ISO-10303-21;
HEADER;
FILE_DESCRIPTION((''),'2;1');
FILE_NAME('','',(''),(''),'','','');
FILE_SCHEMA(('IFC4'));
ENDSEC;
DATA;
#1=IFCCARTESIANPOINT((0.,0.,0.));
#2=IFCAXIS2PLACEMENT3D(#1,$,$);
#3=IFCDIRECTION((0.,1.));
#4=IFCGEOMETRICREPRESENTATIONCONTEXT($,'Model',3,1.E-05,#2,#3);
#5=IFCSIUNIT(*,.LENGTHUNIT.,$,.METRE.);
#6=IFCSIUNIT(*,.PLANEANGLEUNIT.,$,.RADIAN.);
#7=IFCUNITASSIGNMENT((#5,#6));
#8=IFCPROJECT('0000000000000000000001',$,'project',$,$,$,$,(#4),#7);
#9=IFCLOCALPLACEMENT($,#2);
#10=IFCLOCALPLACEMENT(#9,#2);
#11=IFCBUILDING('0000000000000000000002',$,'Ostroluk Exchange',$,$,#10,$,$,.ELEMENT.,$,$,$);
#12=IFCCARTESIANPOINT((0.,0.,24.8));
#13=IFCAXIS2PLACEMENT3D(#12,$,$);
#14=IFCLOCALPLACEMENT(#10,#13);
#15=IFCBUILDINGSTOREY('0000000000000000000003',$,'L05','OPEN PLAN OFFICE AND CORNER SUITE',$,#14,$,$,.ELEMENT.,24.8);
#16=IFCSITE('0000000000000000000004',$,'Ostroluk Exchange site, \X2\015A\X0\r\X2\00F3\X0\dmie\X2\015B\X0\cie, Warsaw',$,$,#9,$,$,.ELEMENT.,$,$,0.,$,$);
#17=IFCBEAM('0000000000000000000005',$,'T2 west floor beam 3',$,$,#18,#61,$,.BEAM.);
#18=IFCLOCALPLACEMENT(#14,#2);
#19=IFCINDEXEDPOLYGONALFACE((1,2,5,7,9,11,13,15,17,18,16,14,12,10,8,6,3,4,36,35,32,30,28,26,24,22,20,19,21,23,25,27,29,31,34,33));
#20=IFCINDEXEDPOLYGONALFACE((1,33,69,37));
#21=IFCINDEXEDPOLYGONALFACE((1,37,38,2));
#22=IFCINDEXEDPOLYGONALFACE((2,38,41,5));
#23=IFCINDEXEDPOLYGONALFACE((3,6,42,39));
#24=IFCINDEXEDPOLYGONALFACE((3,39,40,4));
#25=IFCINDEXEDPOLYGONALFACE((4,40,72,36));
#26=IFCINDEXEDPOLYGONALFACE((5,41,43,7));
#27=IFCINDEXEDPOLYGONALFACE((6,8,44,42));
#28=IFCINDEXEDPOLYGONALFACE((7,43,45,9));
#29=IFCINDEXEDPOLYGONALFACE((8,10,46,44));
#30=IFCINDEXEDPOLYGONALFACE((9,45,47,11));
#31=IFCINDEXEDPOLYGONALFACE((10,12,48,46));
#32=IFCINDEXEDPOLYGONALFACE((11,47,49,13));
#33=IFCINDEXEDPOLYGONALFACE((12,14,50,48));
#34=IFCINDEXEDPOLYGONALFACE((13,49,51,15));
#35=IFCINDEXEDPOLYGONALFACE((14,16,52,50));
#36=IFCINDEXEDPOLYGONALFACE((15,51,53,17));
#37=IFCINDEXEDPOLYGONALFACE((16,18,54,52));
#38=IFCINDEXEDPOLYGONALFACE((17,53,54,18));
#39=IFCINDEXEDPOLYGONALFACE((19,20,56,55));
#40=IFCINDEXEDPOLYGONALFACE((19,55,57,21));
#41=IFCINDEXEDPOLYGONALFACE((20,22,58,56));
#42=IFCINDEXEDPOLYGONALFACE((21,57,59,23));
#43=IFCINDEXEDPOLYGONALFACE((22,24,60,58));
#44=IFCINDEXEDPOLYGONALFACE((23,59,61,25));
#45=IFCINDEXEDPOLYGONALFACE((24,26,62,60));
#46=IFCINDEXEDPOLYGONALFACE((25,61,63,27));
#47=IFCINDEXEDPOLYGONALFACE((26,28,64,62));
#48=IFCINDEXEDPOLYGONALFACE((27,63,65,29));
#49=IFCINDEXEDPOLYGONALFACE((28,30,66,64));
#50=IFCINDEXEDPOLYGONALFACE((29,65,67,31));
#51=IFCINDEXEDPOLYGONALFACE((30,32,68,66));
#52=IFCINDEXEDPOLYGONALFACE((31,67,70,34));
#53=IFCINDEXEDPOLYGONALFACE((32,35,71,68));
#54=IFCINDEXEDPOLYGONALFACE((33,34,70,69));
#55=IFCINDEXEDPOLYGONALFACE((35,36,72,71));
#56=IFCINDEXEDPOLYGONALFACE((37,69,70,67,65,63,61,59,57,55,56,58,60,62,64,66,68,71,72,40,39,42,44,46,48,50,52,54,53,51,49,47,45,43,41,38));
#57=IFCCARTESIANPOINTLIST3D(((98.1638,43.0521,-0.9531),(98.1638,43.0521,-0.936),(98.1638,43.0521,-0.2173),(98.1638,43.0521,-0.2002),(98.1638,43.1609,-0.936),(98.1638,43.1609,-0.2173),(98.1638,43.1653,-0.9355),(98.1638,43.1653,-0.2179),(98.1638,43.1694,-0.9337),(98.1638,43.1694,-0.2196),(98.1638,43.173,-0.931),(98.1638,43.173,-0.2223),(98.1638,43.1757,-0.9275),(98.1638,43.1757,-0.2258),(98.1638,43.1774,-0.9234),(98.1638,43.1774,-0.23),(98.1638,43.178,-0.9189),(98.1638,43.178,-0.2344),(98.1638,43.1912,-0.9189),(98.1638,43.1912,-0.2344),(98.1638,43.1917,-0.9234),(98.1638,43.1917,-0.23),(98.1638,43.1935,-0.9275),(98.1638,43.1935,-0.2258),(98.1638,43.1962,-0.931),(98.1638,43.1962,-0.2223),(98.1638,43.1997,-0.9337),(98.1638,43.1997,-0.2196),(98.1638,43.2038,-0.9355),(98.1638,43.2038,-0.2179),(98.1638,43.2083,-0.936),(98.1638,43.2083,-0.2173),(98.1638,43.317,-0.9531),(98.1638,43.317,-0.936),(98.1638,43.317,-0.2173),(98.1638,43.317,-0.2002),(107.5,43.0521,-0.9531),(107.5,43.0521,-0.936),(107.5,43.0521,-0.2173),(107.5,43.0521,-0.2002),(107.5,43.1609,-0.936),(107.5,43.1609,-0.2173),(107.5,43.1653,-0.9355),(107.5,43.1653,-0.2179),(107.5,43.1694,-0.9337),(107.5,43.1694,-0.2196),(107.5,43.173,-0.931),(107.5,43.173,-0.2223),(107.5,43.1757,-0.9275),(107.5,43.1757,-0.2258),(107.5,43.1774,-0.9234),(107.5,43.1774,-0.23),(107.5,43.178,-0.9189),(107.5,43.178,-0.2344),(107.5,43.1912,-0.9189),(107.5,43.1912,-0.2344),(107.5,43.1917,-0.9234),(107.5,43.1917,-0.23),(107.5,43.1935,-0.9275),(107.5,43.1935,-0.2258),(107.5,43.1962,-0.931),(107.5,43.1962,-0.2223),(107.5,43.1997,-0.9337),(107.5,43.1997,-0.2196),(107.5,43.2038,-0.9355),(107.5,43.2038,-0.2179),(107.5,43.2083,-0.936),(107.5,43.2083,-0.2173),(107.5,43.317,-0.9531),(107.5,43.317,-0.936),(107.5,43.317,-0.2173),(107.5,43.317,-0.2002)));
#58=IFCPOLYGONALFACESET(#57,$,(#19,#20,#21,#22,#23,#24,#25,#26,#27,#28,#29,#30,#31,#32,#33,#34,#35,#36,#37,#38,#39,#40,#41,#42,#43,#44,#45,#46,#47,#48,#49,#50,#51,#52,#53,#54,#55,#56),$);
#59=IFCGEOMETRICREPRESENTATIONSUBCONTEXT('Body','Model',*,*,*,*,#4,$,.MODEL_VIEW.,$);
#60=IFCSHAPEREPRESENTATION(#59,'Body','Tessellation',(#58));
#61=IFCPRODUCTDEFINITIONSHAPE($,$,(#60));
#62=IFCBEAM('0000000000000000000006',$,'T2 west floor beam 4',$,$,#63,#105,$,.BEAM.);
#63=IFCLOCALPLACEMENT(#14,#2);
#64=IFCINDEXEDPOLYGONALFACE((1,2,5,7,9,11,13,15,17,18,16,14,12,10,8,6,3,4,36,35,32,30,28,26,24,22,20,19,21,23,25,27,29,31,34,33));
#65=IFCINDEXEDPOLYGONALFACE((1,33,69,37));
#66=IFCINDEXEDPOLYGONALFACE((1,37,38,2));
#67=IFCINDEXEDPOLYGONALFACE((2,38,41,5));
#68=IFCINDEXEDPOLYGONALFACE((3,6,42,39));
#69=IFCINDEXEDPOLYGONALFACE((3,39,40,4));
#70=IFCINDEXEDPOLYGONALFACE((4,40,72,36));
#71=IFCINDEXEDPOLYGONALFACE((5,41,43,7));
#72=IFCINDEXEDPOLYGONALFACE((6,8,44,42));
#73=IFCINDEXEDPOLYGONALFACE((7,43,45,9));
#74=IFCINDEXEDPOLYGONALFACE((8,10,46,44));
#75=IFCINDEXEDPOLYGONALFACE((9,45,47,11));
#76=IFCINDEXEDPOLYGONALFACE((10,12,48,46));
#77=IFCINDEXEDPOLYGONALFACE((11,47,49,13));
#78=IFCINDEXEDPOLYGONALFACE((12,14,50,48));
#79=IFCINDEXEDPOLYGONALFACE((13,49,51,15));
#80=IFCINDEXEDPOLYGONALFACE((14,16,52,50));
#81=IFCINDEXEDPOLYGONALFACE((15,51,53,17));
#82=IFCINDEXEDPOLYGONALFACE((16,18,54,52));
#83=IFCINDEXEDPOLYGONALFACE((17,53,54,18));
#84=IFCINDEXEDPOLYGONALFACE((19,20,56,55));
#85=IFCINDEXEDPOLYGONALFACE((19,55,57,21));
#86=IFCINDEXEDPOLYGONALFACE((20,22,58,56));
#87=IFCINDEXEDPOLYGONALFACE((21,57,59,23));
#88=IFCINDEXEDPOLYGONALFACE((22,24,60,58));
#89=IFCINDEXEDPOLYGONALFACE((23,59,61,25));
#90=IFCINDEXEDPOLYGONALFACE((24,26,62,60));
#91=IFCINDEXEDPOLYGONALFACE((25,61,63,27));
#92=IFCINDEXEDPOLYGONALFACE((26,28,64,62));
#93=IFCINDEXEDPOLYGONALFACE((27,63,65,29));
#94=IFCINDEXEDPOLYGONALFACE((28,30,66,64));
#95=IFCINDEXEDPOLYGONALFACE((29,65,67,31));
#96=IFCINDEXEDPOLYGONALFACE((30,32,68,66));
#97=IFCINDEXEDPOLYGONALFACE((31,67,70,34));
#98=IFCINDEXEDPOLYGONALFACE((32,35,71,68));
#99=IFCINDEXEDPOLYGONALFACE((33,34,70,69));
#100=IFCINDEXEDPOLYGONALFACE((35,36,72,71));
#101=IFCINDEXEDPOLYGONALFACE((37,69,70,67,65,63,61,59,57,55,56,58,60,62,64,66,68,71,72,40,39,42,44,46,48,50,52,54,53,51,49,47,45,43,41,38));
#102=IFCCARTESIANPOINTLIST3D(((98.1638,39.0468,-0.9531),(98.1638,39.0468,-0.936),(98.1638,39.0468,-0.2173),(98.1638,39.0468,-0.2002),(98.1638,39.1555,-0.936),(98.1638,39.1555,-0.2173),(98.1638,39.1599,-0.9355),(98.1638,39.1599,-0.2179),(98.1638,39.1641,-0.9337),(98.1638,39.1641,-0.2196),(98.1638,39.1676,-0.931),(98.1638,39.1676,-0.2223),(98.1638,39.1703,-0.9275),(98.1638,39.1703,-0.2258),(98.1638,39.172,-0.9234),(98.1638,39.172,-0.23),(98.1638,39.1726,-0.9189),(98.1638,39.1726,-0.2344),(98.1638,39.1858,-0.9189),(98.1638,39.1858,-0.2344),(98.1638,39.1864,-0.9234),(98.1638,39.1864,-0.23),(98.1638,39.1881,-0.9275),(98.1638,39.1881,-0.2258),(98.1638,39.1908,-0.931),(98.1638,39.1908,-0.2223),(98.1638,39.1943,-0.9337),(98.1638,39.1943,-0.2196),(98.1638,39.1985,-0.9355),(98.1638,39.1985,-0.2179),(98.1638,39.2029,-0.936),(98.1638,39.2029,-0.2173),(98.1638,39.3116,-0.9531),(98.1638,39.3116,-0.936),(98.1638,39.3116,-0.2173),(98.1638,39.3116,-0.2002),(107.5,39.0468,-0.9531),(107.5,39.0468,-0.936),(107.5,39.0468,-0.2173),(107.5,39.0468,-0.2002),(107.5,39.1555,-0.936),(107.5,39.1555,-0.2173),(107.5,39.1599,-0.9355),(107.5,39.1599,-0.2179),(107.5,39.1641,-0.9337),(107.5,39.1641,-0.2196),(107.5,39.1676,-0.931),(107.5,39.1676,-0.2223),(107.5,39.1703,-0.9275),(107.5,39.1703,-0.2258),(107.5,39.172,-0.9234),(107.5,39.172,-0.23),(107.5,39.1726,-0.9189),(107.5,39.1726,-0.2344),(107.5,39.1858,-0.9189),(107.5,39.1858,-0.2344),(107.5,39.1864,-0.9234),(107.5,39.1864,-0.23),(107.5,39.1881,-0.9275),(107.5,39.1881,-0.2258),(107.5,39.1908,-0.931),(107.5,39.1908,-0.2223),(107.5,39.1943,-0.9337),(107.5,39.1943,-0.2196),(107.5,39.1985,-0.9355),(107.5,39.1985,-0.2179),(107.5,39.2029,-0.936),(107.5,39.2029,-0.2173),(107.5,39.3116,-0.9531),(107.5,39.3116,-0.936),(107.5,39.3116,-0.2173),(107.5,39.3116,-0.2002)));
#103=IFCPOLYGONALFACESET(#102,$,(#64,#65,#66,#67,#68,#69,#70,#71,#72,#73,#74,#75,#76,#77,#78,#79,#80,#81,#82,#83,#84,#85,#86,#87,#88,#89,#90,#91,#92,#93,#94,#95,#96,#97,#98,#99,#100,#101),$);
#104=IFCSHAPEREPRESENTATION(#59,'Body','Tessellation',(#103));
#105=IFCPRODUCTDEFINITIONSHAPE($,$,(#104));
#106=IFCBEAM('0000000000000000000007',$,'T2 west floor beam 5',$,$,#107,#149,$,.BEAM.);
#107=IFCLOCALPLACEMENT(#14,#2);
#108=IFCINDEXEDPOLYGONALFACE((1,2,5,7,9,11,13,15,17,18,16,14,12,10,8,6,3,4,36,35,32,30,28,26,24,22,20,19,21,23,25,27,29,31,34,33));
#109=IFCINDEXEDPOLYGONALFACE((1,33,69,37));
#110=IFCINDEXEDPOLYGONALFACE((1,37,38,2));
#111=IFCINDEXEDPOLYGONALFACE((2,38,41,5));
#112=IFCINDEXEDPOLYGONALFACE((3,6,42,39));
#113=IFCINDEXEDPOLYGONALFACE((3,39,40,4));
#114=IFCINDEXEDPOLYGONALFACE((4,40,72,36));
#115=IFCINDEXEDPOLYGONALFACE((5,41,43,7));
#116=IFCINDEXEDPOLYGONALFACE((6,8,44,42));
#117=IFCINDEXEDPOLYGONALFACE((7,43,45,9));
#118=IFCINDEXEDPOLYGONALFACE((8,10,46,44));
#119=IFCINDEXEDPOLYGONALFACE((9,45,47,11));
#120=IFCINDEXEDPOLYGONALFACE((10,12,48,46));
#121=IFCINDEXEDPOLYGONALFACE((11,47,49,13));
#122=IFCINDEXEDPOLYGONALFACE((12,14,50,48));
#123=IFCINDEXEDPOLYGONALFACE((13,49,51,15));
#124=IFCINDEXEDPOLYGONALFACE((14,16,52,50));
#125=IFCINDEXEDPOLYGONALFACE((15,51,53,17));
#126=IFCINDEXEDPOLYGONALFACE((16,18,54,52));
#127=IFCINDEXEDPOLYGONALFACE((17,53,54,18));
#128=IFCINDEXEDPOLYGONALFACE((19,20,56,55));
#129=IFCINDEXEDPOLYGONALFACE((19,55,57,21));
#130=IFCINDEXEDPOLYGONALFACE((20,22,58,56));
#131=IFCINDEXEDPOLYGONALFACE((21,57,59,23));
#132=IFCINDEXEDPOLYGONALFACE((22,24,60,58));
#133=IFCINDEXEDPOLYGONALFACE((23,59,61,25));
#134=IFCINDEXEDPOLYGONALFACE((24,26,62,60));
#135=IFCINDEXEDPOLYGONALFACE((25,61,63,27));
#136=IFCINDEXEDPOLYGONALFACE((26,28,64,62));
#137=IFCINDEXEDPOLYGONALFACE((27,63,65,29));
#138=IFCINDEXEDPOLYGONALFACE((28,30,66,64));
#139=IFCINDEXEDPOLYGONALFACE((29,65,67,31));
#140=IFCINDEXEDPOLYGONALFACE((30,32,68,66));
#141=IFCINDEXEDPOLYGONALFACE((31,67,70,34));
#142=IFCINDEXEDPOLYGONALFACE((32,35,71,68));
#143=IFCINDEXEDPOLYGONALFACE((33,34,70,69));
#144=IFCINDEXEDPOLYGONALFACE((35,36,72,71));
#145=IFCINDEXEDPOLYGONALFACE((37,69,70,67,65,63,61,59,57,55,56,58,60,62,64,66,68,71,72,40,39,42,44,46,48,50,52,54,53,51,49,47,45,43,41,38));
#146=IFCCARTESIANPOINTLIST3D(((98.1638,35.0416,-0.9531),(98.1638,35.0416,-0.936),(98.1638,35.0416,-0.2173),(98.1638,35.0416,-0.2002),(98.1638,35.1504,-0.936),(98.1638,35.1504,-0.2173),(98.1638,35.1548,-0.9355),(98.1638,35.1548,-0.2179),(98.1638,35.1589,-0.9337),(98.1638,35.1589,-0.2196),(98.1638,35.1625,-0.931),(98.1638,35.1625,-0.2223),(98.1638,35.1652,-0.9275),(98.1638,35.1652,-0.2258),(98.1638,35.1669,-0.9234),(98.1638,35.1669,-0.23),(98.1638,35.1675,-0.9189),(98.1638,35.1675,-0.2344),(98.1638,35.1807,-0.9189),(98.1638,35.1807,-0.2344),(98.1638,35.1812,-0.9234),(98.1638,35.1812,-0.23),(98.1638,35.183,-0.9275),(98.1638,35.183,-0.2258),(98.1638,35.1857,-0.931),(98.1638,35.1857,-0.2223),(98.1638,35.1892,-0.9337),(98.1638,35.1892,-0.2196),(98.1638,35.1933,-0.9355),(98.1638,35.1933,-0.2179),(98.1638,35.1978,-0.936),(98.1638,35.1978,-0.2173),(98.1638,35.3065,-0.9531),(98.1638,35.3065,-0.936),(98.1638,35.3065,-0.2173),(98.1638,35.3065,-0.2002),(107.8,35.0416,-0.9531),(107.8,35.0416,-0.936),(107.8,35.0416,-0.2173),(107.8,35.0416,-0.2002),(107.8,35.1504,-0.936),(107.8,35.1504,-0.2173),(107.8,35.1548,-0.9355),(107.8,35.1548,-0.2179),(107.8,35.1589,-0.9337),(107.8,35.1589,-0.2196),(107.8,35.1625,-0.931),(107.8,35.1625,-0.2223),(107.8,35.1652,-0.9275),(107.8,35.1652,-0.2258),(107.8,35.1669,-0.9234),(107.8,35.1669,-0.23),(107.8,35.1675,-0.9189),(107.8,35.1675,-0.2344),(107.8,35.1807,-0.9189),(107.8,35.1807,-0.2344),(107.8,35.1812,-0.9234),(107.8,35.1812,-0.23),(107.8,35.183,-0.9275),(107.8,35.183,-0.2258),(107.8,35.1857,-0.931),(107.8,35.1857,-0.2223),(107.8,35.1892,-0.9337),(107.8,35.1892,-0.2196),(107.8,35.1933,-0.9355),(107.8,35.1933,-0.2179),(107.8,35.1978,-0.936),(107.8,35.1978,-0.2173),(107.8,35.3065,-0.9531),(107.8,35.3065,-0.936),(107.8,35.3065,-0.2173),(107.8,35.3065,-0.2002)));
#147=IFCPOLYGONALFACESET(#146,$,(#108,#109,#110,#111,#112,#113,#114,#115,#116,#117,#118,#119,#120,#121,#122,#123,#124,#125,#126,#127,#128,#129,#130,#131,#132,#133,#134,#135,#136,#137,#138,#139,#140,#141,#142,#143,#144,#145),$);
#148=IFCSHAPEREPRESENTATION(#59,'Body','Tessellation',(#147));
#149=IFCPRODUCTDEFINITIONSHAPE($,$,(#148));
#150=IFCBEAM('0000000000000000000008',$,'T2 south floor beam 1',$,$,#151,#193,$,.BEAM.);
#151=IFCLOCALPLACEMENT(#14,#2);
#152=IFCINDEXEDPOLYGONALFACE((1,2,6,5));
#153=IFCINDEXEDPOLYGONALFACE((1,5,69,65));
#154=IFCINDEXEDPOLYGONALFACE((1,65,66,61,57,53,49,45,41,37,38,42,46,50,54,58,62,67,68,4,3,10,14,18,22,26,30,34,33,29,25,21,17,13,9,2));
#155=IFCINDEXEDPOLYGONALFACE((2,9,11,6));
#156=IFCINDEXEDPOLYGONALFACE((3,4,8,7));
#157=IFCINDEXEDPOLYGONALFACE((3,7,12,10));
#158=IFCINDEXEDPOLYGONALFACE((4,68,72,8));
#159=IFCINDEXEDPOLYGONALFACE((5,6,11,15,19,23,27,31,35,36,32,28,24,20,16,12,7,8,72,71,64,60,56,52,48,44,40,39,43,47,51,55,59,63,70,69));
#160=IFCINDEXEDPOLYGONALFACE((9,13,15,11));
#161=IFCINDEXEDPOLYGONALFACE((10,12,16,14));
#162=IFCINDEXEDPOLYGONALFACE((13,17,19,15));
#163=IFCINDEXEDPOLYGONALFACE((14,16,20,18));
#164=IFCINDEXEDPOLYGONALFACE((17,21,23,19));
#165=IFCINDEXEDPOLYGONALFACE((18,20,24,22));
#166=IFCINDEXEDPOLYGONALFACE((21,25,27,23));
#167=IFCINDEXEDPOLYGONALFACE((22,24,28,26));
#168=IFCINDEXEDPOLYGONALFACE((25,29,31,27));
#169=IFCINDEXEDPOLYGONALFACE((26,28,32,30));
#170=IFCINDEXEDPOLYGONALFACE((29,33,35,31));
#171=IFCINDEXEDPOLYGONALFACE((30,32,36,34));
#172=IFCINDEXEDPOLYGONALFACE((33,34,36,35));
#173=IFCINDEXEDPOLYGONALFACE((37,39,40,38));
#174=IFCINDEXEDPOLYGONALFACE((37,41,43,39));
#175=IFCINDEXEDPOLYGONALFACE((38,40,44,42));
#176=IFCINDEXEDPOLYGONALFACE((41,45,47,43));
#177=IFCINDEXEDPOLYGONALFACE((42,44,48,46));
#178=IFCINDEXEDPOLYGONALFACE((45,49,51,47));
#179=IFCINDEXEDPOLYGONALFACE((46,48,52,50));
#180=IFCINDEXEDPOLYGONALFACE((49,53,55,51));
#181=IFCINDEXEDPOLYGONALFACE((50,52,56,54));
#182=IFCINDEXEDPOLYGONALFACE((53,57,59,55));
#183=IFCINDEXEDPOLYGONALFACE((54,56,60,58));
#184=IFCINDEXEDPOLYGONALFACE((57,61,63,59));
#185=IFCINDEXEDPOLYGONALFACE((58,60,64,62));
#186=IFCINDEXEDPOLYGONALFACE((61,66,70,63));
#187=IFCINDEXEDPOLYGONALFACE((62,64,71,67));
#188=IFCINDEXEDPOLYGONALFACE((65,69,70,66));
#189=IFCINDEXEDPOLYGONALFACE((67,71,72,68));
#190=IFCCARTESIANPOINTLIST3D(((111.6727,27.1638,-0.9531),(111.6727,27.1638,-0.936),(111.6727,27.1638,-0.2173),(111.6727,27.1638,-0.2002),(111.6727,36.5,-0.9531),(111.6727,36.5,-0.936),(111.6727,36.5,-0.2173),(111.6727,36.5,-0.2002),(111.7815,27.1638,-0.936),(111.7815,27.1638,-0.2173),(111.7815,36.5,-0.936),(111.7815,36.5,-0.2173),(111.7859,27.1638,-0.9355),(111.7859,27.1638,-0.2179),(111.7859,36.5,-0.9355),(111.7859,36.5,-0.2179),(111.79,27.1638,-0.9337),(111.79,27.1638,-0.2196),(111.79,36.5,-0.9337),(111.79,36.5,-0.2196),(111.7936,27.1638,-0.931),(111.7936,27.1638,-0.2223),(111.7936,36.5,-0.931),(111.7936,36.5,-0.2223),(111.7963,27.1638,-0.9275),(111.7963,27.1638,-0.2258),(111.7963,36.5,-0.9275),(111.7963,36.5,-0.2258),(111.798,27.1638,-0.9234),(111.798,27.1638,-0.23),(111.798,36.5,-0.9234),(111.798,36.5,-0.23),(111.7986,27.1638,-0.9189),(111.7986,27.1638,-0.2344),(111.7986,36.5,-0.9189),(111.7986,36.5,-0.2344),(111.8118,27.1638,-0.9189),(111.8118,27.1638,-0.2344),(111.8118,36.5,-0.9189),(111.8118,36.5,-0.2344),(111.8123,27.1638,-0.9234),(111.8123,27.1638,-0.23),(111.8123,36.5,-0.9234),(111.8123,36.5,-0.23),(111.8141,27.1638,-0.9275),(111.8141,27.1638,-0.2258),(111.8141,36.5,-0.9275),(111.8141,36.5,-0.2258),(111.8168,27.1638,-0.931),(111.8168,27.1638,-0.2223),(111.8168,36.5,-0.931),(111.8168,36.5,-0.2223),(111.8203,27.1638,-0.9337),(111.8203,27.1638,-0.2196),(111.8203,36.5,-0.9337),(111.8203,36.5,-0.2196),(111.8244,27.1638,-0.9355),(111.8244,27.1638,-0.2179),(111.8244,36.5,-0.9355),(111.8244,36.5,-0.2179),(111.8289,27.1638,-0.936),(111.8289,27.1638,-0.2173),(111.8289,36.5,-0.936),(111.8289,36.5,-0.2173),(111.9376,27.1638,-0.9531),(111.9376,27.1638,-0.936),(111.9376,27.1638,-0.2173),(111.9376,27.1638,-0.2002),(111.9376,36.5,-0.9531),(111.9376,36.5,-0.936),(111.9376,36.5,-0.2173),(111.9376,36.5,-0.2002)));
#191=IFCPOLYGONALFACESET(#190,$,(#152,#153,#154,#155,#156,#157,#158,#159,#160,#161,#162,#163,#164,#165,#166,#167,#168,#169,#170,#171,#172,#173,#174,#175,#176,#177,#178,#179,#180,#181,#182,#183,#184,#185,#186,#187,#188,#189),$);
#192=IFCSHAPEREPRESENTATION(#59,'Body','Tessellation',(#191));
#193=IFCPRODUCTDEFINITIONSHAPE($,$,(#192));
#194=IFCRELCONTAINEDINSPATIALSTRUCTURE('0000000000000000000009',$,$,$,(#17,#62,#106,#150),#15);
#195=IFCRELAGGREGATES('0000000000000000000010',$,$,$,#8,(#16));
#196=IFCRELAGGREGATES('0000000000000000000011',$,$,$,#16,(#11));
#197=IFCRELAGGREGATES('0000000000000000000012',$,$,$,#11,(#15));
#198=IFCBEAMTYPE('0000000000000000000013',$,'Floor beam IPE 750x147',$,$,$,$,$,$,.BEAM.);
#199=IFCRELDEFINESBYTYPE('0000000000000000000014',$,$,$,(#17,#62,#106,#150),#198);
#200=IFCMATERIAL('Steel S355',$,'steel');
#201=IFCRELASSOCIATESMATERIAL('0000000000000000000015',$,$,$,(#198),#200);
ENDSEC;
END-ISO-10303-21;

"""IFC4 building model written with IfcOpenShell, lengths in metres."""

from ifc_helpers import new_model, si_unit, direction, frame, origin, origin_2d, place, context, subcontext, project, spatial, i_section, extrude, material, material_profile, profile_set, type_object, element, save


model = new_model("IFC4")

# Units and contexts
model_context = context("Model", 3, precision=1e-05, world=origin(), true_north=direction((0.0, 1.0)))
body_context = subcontext(model_context, "Body", "Model", "MODEL_VIEW")
ifc_project = project(units=[si_unit("LENGTHUNIT", "METRE"), si_unit("PLANEANGLEUNIT", "RADIAN")], contexts=[model_context])

# Site, building, storey
site_placement = place(None, origin())
site = spatial("IfcSite", under=ifc_project, at=site_placement, Name="Ostroluk Exchange site, Śródmieście, Warsaw", CompositionType="ELEMENT", RefElevation=0.0)
building_placement = place(site_placement, origin())
building = spatial("IfcBuilding", under=site, at=building_placement, Name="Ostroluk Exchange", CompositionType="ELEMENT")
storey_placement = place(building_placement, frame((0.0, 0.0, 24.8)))
storey = spatial("IfcBuildingStorey", under=building, at=storey_placement, Name="L05", Description="OPEN PLAN OFFICE AND CORNER SUITE", CompositionType="ELEMENT", Elevation=24.8)

# Beams
ifc_material_1 = material(Name="Steel S355", Category="steel")
ifc_material_profile_1 = material_profile(ifc_material_1, i_section(OverallWidth=0.2649, OverallDepth=0.7529, WebThickness=0.0132, FlangeThickness=0.0171, FilletRadius=0.0171, at=origin_2d()), Name="IPE 750x147")
ifc_profile_set_1 = profile_set([ifc_material_profile_1], Name="Steel S355")
beam_type_1 = type_object("IfcBeamType", Name="Floor beam IPE 750x147", PredefinedType="BEAM", material=ifc_profile_set_1)
for number, where, z_axis, x_axis, name in (
    (1, (107.5, 43.1846, -0.5767), (-1.0, 0.0, 0.0), (0.0, -1.0, 0.0), "T2 west floor beam 3"),
    (2, (107.5, 39.1792, -0.5767), (-1.0, 0.0, 0.0), (0.0, -1.0, 0.0), "T2 west floor beam 4"),
):
    element("IfcBeam", number, at=place(storey_placement, frame(where, z_axis=z_axis, x_axis=x_axis)), inside=storey, type_object=beam_type_1, Name=name, PredefinedType="BEAM", context=body_context, shape_type="SweptSolid", body=[
        extrude(i_section(OverallWidth=0.2649, OverallDepth=0.7529, WebThickness=0.0132, FlangeThickness=0.0171, FilletRadius=0.0171, at=origin_2d()), origin(), (0.0, 0.0, 1.0), 9.3362),
    ])
beam_1_placement = place(storey_placement, frame((107.8, 35.1741, -0.5767), z_axis=(-1.0, 0.0, 0.0), x_axis=(0.0, -1.0, 0.0)))
element("IfcBeam", 3, at=beam_1_placement, inside=storey, type_object=beam_type_1, Name="T2 west floor beam 5", PredefinedType="BEAM", context=body_context, shape_type="SweptSolid", body=[
    extrude(i_section(OverallWidth=0.2649, OverallDepth=0.7529, WebThickness=0.0132, FlangeThickness=0.0171, FilletRadius=0.0171, at=origin_2d()), origin(), (0.0, 0.0, 1.0), 9.6362),
])
beam_2_placement = place(storey_placement, frame((111.8052, 36.5, -0.5767), z_axis=(0.0, -1.0, 0.0), x_axis=(1.0, 0.0, 0.0)))
element("IfcBeam", 4, at=beam_2_placement, inside=storey, type_object=beam_type_1, Name="T2 south floor beam 1", PredefinedType="BEAM", context=body_context, shape_type="SweptSolid", body=[
    extrude(i_section(OverallWidth=0.2649, OverallDepth=0.7529, WebThickness=0.0132, FlangeThickness=0.0171, FilletRadius=0.0171, at=origin_2d()), origin(), (0.0, 0.0, 1.0), 9.3362),
])

save(model, "model.ifc")
